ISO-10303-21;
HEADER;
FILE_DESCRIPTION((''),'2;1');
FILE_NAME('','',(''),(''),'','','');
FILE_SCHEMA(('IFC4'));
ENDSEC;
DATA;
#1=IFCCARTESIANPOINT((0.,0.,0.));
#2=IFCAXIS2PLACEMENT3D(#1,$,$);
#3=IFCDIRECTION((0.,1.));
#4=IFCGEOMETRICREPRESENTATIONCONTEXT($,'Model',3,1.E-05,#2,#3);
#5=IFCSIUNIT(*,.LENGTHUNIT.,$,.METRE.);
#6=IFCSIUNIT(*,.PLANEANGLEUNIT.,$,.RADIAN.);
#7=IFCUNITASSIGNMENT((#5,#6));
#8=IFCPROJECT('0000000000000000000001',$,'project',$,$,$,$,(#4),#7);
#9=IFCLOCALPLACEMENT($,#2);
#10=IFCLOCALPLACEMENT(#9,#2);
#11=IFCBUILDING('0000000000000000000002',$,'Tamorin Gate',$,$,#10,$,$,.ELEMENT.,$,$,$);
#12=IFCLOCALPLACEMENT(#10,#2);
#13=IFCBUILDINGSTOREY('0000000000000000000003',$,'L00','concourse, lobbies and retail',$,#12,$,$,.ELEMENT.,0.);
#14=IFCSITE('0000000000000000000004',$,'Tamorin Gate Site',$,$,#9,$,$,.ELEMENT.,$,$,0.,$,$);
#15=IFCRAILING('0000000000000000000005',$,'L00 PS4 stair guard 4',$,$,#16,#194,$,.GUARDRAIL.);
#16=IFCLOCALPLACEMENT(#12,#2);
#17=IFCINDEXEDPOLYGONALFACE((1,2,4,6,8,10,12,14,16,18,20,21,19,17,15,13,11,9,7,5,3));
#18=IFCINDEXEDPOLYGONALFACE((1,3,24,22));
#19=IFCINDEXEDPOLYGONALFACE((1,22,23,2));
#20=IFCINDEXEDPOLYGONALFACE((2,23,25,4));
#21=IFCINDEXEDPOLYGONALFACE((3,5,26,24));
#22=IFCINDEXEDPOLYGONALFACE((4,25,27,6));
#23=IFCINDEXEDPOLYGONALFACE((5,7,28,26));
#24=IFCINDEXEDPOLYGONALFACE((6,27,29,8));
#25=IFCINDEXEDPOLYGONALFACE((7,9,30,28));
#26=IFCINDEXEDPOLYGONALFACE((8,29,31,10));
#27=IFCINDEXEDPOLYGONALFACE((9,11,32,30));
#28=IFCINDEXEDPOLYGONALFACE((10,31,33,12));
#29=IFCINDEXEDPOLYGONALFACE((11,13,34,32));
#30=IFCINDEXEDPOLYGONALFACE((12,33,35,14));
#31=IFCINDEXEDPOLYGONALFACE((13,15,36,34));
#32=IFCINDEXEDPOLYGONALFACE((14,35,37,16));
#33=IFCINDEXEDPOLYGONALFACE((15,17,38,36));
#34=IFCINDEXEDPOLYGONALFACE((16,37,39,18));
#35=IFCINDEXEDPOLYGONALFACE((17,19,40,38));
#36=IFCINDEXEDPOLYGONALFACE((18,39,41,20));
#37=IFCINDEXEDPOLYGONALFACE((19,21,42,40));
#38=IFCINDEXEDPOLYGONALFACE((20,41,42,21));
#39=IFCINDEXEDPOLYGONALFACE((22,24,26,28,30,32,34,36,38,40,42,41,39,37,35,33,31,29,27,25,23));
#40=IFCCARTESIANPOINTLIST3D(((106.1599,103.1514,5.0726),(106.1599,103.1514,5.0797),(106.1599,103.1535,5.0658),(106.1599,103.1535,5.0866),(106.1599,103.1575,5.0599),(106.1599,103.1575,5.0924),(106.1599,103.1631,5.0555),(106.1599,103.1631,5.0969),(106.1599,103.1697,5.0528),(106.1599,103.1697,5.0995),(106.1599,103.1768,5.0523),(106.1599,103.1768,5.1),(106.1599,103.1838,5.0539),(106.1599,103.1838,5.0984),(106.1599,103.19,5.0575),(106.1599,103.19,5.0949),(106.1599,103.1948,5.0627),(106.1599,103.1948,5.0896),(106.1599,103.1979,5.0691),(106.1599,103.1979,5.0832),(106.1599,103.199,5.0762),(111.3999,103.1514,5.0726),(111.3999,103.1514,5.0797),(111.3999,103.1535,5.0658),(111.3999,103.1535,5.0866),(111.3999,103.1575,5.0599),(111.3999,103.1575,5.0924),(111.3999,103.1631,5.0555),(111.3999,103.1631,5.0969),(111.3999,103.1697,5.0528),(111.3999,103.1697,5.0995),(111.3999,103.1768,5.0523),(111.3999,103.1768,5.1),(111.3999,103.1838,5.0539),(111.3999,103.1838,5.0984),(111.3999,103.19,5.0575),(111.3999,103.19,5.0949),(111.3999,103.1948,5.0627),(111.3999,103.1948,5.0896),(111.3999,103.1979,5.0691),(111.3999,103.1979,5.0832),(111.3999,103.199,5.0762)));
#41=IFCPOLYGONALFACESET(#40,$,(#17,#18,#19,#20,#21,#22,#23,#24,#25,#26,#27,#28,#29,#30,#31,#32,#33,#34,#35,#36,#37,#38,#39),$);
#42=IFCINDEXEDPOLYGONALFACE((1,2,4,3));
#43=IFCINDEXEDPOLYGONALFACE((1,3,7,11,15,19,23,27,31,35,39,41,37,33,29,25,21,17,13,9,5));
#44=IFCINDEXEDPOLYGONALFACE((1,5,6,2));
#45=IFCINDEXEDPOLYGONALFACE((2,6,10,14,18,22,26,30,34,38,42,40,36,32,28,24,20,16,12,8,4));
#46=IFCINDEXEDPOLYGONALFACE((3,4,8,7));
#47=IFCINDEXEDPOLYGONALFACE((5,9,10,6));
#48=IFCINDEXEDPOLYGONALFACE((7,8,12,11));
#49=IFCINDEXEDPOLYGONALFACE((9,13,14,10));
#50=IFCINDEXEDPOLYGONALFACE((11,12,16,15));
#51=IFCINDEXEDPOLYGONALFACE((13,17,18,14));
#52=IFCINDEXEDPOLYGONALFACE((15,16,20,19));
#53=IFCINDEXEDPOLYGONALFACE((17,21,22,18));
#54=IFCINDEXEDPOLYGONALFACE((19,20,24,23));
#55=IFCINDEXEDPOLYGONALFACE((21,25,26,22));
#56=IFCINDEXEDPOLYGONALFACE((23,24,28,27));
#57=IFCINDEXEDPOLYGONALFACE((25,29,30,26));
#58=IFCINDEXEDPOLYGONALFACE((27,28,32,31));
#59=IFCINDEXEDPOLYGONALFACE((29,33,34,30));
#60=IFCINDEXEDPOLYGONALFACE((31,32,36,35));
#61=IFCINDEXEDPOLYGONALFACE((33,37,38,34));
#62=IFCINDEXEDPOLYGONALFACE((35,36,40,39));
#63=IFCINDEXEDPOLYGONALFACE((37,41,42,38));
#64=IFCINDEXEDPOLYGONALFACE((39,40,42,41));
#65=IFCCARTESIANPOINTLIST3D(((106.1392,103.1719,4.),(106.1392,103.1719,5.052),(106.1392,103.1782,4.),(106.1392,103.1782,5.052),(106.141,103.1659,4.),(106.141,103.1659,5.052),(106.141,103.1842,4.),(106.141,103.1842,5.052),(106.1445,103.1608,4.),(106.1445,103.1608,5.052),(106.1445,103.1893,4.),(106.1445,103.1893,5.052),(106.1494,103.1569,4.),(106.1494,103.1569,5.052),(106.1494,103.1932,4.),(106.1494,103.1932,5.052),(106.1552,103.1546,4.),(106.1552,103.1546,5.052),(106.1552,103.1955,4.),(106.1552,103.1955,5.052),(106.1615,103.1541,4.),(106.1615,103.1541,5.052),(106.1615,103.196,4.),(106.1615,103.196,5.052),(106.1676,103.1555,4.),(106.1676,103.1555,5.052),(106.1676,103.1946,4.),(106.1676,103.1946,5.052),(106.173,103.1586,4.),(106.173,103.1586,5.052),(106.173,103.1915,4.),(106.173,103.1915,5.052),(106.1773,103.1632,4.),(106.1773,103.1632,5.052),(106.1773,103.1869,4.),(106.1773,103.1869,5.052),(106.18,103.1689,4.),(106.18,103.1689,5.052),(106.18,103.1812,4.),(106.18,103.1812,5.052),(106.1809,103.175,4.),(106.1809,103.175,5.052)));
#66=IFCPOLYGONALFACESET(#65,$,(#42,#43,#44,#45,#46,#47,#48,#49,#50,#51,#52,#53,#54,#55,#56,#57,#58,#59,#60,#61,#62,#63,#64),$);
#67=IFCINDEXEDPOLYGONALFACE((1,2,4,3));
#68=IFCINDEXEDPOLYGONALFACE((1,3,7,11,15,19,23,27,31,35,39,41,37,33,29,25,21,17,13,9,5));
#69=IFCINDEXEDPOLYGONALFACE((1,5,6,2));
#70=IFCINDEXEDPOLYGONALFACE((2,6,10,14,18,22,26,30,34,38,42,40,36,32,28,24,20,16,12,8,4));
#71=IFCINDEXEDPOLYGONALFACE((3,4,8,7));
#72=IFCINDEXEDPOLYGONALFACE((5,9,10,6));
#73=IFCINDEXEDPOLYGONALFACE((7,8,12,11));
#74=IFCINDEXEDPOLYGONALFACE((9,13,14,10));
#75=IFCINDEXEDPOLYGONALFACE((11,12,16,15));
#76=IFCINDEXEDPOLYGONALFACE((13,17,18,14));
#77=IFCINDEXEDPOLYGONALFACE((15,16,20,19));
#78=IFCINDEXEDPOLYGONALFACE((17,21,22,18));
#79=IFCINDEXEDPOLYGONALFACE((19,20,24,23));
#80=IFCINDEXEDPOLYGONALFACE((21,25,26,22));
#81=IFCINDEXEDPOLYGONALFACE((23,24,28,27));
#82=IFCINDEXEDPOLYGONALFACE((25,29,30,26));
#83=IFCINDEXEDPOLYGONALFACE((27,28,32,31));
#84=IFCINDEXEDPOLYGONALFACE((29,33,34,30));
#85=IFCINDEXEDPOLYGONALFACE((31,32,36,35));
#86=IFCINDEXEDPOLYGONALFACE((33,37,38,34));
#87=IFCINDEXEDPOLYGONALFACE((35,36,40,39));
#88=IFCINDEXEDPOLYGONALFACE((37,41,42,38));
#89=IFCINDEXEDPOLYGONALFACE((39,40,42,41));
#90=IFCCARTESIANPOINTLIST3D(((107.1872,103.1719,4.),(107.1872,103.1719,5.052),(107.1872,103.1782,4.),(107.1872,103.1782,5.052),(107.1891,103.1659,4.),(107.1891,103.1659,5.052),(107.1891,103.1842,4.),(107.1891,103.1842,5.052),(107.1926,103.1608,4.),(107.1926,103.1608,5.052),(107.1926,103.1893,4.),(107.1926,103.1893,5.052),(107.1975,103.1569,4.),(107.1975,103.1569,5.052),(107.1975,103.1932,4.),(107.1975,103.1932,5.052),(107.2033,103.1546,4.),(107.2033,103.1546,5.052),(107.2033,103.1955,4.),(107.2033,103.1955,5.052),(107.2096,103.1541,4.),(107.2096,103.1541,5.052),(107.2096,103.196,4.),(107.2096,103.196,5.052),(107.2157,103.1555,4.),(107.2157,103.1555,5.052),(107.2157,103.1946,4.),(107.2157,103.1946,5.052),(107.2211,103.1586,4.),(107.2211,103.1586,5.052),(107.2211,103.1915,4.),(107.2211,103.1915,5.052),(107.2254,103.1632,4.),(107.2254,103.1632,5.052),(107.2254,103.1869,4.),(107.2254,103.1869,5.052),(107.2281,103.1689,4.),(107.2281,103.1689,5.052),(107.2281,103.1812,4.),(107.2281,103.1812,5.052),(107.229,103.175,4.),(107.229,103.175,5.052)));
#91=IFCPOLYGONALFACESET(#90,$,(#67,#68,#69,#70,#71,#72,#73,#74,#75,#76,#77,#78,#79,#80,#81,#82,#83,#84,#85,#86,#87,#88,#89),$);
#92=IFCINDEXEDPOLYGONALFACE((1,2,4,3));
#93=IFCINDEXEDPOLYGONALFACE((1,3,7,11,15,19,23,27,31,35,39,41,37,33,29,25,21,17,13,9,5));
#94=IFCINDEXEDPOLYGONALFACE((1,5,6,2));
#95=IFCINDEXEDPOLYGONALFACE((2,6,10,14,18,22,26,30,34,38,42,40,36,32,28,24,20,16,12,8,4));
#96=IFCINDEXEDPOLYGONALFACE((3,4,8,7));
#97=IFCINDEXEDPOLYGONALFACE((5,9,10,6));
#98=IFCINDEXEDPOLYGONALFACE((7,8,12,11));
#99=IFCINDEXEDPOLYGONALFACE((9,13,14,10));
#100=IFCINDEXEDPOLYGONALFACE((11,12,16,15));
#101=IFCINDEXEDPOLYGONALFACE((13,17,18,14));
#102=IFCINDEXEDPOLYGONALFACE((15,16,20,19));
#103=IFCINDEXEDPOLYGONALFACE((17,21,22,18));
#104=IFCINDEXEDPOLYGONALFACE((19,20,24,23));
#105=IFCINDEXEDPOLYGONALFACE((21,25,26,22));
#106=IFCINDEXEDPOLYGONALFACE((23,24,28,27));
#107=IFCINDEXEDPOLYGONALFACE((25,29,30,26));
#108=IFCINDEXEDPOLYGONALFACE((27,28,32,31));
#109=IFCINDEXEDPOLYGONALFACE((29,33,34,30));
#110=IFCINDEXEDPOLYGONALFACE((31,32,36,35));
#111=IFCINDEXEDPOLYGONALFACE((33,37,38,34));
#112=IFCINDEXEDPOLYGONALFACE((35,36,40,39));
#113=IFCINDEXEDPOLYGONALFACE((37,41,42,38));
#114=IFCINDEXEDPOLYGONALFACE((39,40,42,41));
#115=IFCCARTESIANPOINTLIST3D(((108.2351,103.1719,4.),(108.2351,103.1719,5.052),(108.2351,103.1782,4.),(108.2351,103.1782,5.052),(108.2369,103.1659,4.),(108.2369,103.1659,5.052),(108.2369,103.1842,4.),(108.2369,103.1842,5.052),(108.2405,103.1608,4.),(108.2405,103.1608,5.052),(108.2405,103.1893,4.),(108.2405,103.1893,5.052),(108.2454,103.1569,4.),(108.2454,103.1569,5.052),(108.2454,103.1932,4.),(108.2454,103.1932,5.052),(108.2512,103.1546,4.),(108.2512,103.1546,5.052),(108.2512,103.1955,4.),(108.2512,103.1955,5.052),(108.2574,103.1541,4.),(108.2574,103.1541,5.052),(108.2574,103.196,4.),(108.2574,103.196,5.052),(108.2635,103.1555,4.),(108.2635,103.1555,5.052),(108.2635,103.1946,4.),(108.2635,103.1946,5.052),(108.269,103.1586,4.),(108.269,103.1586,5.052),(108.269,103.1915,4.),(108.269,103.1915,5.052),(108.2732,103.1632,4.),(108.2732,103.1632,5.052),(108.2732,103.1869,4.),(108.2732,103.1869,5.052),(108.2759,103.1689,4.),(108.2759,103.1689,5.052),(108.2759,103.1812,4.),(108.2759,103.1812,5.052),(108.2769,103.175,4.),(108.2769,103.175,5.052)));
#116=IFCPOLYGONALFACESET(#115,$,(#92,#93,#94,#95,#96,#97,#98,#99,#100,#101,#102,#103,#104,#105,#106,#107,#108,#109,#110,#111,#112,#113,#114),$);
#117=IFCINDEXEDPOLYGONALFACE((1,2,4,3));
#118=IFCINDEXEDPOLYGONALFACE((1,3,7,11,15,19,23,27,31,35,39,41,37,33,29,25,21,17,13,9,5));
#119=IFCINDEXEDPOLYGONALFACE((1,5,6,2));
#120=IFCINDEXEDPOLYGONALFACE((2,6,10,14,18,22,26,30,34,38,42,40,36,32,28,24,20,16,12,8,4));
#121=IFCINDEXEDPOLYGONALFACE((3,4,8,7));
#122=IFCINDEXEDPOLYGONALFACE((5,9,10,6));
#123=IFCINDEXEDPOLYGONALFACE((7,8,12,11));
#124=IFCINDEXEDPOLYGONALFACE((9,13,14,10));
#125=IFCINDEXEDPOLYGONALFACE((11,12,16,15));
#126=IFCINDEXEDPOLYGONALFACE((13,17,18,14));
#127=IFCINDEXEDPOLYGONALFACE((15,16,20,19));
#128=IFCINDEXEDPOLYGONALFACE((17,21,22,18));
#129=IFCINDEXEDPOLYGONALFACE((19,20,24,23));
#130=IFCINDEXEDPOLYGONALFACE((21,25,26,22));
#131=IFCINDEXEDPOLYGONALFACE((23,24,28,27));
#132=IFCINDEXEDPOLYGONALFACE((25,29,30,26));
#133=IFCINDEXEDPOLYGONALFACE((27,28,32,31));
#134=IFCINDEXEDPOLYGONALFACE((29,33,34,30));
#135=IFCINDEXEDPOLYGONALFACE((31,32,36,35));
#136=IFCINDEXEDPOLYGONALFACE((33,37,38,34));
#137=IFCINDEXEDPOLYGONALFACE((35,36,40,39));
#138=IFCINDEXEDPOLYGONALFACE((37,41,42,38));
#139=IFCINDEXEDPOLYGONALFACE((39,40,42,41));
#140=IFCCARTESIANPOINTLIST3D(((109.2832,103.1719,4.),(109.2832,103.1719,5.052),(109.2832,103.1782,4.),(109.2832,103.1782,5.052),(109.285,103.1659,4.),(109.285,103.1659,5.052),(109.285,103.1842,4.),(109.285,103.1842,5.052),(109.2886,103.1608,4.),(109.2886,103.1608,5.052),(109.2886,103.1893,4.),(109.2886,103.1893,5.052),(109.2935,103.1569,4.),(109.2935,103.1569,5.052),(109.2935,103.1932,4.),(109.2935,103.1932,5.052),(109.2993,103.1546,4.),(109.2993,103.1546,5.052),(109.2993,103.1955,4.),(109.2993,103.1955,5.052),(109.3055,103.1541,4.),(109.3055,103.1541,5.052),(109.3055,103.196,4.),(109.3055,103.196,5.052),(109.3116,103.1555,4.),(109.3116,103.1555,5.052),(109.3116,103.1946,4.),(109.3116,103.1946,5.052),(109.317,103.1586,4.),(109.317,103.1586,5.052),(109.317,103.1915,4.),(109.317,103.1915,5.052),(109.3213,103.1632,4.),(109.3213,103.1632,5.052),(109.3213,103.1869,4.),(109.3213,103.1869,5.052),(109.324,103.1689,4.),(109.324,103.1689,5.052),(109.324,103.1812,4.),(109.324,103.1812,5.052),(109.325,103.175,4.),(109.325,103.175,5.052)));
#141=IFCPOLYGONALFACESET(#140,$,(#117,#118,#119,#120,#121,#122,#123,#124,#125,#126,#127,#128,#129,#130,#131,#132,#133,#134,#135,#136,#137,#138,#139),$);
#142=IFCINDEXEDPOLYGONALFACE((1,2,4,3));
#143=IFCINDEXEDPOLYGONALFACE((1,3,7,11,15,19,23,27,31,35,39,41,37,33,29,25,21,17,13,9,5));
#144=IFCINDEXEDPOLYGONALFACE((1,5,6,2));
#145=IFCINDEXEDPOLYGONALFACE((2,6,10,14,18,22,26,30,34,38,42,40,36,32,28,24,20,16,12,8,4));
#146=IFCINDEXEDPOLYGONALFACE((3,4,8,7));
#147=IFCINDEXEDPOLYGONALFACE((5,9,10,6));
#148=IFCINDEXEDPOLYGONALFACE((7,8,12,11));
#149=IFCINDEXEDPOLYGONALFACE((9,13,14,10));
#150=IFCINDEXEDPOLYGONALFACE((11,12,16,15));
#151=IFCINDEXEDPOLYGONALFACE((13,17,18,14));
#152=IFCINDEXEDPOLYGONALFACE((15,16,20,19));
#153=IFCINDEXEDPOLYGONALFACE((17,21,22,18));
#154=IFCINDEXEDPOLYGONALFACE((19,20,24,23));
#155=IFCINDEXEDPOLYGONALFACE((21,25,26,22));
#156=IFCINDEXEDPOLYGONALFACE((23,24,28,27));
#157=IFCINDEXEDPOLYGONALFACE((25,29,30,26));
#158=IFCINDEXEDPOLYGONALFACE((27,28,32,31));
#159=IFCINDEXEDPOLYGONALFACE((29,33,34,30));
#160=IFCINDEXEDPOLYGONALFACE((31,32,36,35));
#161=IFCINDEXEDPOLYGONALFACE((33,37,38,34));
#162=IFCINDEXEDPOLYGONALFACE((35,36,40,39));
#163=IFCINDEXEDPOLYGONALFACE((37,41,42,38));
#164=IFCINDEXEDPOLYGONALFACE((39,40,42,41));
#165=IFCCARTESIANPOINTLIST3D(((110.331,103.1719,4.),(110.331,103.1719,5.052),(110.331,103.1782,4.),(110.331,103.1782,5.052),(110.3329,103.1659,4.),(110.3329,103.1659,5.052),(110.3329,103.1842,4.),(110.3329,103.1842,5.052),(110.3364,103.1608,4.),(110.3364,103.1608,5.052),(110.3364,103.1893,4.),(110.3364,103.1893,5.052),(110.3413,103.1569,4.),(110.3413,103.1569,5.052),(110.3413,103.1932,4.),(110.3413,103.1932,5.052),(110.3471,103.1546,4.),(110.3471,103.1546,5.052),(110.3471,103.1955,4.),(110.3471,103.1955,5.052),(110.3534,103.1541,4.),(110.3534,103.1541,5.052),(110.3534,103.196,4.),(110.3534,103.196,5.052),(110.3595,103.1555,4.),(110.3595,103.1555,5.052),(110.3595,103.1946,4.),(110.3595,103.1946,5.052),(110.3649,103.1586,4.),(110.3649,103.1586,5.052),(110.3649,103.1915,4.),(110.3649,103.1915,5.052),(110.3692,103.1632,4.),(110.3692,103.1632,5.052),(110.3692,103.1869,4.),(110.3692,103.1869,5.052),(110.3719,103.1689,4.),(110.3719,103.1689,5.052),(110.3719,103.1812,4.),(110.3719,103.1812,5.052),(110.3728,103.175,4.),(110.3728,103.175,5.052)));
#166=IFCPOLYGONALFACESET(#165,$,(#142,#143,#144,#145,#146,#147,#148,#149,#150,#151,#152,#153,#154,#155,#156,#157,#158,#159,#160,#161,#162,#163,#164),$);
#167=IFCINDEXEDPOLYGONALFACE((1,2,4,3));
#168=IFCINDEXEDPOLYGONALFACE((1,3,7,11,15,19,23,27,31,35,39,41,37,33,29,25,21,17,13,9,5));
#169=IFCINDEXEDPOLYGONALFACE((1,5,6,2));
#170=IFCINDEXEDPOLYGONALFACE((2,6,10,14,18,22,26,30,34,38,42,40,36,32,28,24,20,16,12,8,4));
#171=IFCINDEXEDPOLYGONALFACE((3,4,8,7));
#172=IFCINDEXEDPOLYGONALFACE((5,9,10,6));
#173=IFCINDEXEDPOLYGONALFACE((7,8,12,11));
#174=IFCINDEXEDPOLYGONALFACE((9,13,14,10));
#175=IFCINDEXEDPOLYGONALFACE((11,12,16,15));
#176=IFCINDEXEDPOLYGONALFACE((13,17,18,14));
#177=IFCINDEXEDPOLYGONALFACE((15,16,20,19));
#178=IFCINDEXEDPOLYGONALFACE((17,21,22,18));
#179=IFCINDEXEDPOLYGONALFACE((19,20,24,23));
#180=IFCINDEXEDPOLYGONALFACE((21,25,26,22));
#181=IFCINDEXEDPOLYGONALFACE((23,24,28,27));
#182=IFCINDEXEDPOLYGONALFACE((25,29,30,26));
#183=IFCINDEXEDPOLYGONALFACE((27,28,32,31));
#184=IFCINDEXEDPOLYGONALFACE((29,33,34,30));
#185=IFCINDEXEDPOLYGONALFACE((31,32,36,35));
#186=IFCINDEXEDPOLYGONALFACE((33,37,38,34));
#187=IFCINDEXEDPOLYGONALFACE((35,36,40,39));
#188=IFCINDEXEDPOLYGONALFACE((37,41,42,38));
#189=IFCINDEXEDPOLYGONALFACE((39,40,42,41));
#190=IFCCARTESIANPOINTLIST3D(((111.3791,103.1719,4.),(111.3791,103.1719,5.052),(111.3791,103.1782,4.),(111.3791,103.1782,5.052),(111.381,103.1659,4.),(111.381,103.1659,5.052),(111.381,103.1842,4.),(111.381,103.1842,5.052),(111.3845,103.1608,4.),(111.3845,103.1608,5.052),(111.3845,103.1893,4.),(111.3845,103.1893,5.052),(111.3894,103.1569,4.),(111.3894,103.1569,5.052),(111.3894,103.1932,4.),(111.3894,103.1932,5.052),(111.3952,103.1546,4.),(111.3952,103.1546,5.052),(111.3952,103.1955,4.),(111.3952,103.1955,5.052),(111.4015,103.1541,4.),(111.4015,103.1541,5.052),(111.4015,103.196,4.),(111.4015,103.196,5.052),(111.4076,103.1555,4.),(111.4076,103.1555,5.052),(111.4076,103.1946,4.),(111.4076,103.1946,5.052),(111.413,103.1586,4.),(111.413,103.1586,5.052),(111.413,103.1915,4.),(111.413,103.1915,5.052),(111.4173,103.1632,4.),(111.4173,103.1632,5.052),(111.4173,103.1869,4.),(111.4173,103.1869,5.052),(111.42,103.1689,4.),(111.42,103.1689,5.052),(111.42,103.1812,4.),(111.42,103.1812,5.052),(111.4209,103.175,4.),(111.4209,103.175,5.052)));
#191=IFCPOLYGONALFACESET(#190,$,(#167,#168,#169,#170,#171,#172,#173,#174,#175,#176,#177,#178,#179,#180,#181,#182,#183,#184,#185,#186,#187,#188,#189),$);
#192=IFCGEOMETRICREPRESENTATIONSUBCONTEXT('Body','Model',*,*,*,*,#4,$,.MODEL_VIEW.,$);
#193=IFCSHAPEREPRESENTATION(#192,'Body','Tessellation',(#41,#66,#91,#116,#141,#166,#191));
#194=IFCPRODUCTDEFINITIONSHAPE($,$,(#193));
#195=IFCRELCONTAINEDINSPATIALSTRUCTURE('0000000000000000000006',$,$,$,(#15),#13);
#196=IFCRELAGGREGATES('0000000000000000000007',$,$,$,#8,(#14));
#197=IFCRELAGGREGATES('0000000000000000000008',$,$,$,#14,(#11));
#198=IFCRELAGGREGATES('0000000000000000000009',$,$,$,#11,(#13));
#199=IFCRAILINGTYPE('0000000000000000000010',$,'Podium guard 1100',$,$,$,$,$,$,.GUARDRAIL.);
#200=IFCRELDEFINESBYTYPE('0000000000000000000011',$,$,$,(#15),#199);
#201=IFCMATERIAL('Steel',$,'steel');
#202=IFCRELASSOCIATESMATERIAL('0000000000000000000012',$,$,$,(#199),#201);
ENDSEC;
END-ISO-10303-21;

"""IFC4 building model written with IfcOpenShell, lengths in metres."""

from ifc_helpers import new_model, si_unit, direction, frame, origin, origin_2d, place, context, subcontext, project, spatial, circle, extrude, material, type_object, element, save


model = new_model("IFC4")

# Units and contexts
model_context = context("Model", 3, precision=1e-05, world=origin(), true_north=direction((0.0, 1.0)))
body_context = subcontext(model_context, "Body", "Model", "MODEL_VIEW")
ifc_project = project(units=[si_unit("LENGTHUNIT", "METRE"), si_unit("PLANEANGLEUNIT", "RADIAN")], contexts=[model_context])

# Site, building, storey
site_placement = place(None, origin())
site = spatial("IfcSite", under=ifc_project, at=site_placement, Name="Tamorin Gate Site", CompositionType="ELEMENT", RefElevation=0.0)
building_placement = place(site_placement, origin())
building = spatial("IfcBuilding", under=site, at=building_placement, Name="Tamorin Gate", CompositionType="ELEMENT")
storey_placement = place(building_placement, origin())
storey = spatial("IfcBuildingStorey", under=building, at=storey_placement, Name="L00", Description="concourse, lobbies and retail", CompositionType="ELEMENT", Elevation=0.0)

# Railing
ifc_material_1 = material(Name="Steel", Category="steel")
railing_type_1 = type_object("IfcRailingType", Name="Podium guard 1100", PredefinedType="GUARDRAIL", material=ifc_material_1)
railing_1_placement = place(storey_placement, frame((106.1599, 103.175, 4.0)))
element("IfcRailing", 1, at=railing_1_placement, inside=storey, type_object=railing_type_1, Name="L00 PS4 stair guard 4", PredefinedType="GUARDRAIL", context=body_context, shape_type="SweptSolid", body=[
    extrude(circle(Radius=0.0239, at=origin_2d()), frame((0.0, 0.0, 1.0762), z_axis=(1.0, 0.0, 0.0), x_axis=(0.0, 1.0, 0.0)), (0.0, 0.0, 1.0), 5.24),
    extrude(circle(Radius=0.021, at=origin_2d()), origin(), (0.0, 0.0, 1.0), 1.052),
    extrude(circle(Radius=0.021, at=origin_2d()), frame((1.0481, 0.0, 0.0)), (0.0, 0.0, 1.0), 1.052),
    extrude(circle(Radius=0.021, at=origin_2d()), frame((2.0959, 0.0, 0.0)), (0.0, 0.0, 1.0), 1.052),
    extrude(circle(Radius=0.021, at=origin_2d()), frame((3.144, 0.0, 0.0)), (0.0, 0.0, 1.0), 1.052),
    extrude(circle(Radius=0.021, at=origin_2d()), frame((4.1919, 0.0, 0.0)), (0.0, 0.0, 1.0), 1.052),
    extrude(circle(Radius=0.021, at=origin_2d()), frame((5.24, 0.0, 0.0)), (0.0, 0.0, 1.0), 1.052),
])

save(model, "model.ifc")
